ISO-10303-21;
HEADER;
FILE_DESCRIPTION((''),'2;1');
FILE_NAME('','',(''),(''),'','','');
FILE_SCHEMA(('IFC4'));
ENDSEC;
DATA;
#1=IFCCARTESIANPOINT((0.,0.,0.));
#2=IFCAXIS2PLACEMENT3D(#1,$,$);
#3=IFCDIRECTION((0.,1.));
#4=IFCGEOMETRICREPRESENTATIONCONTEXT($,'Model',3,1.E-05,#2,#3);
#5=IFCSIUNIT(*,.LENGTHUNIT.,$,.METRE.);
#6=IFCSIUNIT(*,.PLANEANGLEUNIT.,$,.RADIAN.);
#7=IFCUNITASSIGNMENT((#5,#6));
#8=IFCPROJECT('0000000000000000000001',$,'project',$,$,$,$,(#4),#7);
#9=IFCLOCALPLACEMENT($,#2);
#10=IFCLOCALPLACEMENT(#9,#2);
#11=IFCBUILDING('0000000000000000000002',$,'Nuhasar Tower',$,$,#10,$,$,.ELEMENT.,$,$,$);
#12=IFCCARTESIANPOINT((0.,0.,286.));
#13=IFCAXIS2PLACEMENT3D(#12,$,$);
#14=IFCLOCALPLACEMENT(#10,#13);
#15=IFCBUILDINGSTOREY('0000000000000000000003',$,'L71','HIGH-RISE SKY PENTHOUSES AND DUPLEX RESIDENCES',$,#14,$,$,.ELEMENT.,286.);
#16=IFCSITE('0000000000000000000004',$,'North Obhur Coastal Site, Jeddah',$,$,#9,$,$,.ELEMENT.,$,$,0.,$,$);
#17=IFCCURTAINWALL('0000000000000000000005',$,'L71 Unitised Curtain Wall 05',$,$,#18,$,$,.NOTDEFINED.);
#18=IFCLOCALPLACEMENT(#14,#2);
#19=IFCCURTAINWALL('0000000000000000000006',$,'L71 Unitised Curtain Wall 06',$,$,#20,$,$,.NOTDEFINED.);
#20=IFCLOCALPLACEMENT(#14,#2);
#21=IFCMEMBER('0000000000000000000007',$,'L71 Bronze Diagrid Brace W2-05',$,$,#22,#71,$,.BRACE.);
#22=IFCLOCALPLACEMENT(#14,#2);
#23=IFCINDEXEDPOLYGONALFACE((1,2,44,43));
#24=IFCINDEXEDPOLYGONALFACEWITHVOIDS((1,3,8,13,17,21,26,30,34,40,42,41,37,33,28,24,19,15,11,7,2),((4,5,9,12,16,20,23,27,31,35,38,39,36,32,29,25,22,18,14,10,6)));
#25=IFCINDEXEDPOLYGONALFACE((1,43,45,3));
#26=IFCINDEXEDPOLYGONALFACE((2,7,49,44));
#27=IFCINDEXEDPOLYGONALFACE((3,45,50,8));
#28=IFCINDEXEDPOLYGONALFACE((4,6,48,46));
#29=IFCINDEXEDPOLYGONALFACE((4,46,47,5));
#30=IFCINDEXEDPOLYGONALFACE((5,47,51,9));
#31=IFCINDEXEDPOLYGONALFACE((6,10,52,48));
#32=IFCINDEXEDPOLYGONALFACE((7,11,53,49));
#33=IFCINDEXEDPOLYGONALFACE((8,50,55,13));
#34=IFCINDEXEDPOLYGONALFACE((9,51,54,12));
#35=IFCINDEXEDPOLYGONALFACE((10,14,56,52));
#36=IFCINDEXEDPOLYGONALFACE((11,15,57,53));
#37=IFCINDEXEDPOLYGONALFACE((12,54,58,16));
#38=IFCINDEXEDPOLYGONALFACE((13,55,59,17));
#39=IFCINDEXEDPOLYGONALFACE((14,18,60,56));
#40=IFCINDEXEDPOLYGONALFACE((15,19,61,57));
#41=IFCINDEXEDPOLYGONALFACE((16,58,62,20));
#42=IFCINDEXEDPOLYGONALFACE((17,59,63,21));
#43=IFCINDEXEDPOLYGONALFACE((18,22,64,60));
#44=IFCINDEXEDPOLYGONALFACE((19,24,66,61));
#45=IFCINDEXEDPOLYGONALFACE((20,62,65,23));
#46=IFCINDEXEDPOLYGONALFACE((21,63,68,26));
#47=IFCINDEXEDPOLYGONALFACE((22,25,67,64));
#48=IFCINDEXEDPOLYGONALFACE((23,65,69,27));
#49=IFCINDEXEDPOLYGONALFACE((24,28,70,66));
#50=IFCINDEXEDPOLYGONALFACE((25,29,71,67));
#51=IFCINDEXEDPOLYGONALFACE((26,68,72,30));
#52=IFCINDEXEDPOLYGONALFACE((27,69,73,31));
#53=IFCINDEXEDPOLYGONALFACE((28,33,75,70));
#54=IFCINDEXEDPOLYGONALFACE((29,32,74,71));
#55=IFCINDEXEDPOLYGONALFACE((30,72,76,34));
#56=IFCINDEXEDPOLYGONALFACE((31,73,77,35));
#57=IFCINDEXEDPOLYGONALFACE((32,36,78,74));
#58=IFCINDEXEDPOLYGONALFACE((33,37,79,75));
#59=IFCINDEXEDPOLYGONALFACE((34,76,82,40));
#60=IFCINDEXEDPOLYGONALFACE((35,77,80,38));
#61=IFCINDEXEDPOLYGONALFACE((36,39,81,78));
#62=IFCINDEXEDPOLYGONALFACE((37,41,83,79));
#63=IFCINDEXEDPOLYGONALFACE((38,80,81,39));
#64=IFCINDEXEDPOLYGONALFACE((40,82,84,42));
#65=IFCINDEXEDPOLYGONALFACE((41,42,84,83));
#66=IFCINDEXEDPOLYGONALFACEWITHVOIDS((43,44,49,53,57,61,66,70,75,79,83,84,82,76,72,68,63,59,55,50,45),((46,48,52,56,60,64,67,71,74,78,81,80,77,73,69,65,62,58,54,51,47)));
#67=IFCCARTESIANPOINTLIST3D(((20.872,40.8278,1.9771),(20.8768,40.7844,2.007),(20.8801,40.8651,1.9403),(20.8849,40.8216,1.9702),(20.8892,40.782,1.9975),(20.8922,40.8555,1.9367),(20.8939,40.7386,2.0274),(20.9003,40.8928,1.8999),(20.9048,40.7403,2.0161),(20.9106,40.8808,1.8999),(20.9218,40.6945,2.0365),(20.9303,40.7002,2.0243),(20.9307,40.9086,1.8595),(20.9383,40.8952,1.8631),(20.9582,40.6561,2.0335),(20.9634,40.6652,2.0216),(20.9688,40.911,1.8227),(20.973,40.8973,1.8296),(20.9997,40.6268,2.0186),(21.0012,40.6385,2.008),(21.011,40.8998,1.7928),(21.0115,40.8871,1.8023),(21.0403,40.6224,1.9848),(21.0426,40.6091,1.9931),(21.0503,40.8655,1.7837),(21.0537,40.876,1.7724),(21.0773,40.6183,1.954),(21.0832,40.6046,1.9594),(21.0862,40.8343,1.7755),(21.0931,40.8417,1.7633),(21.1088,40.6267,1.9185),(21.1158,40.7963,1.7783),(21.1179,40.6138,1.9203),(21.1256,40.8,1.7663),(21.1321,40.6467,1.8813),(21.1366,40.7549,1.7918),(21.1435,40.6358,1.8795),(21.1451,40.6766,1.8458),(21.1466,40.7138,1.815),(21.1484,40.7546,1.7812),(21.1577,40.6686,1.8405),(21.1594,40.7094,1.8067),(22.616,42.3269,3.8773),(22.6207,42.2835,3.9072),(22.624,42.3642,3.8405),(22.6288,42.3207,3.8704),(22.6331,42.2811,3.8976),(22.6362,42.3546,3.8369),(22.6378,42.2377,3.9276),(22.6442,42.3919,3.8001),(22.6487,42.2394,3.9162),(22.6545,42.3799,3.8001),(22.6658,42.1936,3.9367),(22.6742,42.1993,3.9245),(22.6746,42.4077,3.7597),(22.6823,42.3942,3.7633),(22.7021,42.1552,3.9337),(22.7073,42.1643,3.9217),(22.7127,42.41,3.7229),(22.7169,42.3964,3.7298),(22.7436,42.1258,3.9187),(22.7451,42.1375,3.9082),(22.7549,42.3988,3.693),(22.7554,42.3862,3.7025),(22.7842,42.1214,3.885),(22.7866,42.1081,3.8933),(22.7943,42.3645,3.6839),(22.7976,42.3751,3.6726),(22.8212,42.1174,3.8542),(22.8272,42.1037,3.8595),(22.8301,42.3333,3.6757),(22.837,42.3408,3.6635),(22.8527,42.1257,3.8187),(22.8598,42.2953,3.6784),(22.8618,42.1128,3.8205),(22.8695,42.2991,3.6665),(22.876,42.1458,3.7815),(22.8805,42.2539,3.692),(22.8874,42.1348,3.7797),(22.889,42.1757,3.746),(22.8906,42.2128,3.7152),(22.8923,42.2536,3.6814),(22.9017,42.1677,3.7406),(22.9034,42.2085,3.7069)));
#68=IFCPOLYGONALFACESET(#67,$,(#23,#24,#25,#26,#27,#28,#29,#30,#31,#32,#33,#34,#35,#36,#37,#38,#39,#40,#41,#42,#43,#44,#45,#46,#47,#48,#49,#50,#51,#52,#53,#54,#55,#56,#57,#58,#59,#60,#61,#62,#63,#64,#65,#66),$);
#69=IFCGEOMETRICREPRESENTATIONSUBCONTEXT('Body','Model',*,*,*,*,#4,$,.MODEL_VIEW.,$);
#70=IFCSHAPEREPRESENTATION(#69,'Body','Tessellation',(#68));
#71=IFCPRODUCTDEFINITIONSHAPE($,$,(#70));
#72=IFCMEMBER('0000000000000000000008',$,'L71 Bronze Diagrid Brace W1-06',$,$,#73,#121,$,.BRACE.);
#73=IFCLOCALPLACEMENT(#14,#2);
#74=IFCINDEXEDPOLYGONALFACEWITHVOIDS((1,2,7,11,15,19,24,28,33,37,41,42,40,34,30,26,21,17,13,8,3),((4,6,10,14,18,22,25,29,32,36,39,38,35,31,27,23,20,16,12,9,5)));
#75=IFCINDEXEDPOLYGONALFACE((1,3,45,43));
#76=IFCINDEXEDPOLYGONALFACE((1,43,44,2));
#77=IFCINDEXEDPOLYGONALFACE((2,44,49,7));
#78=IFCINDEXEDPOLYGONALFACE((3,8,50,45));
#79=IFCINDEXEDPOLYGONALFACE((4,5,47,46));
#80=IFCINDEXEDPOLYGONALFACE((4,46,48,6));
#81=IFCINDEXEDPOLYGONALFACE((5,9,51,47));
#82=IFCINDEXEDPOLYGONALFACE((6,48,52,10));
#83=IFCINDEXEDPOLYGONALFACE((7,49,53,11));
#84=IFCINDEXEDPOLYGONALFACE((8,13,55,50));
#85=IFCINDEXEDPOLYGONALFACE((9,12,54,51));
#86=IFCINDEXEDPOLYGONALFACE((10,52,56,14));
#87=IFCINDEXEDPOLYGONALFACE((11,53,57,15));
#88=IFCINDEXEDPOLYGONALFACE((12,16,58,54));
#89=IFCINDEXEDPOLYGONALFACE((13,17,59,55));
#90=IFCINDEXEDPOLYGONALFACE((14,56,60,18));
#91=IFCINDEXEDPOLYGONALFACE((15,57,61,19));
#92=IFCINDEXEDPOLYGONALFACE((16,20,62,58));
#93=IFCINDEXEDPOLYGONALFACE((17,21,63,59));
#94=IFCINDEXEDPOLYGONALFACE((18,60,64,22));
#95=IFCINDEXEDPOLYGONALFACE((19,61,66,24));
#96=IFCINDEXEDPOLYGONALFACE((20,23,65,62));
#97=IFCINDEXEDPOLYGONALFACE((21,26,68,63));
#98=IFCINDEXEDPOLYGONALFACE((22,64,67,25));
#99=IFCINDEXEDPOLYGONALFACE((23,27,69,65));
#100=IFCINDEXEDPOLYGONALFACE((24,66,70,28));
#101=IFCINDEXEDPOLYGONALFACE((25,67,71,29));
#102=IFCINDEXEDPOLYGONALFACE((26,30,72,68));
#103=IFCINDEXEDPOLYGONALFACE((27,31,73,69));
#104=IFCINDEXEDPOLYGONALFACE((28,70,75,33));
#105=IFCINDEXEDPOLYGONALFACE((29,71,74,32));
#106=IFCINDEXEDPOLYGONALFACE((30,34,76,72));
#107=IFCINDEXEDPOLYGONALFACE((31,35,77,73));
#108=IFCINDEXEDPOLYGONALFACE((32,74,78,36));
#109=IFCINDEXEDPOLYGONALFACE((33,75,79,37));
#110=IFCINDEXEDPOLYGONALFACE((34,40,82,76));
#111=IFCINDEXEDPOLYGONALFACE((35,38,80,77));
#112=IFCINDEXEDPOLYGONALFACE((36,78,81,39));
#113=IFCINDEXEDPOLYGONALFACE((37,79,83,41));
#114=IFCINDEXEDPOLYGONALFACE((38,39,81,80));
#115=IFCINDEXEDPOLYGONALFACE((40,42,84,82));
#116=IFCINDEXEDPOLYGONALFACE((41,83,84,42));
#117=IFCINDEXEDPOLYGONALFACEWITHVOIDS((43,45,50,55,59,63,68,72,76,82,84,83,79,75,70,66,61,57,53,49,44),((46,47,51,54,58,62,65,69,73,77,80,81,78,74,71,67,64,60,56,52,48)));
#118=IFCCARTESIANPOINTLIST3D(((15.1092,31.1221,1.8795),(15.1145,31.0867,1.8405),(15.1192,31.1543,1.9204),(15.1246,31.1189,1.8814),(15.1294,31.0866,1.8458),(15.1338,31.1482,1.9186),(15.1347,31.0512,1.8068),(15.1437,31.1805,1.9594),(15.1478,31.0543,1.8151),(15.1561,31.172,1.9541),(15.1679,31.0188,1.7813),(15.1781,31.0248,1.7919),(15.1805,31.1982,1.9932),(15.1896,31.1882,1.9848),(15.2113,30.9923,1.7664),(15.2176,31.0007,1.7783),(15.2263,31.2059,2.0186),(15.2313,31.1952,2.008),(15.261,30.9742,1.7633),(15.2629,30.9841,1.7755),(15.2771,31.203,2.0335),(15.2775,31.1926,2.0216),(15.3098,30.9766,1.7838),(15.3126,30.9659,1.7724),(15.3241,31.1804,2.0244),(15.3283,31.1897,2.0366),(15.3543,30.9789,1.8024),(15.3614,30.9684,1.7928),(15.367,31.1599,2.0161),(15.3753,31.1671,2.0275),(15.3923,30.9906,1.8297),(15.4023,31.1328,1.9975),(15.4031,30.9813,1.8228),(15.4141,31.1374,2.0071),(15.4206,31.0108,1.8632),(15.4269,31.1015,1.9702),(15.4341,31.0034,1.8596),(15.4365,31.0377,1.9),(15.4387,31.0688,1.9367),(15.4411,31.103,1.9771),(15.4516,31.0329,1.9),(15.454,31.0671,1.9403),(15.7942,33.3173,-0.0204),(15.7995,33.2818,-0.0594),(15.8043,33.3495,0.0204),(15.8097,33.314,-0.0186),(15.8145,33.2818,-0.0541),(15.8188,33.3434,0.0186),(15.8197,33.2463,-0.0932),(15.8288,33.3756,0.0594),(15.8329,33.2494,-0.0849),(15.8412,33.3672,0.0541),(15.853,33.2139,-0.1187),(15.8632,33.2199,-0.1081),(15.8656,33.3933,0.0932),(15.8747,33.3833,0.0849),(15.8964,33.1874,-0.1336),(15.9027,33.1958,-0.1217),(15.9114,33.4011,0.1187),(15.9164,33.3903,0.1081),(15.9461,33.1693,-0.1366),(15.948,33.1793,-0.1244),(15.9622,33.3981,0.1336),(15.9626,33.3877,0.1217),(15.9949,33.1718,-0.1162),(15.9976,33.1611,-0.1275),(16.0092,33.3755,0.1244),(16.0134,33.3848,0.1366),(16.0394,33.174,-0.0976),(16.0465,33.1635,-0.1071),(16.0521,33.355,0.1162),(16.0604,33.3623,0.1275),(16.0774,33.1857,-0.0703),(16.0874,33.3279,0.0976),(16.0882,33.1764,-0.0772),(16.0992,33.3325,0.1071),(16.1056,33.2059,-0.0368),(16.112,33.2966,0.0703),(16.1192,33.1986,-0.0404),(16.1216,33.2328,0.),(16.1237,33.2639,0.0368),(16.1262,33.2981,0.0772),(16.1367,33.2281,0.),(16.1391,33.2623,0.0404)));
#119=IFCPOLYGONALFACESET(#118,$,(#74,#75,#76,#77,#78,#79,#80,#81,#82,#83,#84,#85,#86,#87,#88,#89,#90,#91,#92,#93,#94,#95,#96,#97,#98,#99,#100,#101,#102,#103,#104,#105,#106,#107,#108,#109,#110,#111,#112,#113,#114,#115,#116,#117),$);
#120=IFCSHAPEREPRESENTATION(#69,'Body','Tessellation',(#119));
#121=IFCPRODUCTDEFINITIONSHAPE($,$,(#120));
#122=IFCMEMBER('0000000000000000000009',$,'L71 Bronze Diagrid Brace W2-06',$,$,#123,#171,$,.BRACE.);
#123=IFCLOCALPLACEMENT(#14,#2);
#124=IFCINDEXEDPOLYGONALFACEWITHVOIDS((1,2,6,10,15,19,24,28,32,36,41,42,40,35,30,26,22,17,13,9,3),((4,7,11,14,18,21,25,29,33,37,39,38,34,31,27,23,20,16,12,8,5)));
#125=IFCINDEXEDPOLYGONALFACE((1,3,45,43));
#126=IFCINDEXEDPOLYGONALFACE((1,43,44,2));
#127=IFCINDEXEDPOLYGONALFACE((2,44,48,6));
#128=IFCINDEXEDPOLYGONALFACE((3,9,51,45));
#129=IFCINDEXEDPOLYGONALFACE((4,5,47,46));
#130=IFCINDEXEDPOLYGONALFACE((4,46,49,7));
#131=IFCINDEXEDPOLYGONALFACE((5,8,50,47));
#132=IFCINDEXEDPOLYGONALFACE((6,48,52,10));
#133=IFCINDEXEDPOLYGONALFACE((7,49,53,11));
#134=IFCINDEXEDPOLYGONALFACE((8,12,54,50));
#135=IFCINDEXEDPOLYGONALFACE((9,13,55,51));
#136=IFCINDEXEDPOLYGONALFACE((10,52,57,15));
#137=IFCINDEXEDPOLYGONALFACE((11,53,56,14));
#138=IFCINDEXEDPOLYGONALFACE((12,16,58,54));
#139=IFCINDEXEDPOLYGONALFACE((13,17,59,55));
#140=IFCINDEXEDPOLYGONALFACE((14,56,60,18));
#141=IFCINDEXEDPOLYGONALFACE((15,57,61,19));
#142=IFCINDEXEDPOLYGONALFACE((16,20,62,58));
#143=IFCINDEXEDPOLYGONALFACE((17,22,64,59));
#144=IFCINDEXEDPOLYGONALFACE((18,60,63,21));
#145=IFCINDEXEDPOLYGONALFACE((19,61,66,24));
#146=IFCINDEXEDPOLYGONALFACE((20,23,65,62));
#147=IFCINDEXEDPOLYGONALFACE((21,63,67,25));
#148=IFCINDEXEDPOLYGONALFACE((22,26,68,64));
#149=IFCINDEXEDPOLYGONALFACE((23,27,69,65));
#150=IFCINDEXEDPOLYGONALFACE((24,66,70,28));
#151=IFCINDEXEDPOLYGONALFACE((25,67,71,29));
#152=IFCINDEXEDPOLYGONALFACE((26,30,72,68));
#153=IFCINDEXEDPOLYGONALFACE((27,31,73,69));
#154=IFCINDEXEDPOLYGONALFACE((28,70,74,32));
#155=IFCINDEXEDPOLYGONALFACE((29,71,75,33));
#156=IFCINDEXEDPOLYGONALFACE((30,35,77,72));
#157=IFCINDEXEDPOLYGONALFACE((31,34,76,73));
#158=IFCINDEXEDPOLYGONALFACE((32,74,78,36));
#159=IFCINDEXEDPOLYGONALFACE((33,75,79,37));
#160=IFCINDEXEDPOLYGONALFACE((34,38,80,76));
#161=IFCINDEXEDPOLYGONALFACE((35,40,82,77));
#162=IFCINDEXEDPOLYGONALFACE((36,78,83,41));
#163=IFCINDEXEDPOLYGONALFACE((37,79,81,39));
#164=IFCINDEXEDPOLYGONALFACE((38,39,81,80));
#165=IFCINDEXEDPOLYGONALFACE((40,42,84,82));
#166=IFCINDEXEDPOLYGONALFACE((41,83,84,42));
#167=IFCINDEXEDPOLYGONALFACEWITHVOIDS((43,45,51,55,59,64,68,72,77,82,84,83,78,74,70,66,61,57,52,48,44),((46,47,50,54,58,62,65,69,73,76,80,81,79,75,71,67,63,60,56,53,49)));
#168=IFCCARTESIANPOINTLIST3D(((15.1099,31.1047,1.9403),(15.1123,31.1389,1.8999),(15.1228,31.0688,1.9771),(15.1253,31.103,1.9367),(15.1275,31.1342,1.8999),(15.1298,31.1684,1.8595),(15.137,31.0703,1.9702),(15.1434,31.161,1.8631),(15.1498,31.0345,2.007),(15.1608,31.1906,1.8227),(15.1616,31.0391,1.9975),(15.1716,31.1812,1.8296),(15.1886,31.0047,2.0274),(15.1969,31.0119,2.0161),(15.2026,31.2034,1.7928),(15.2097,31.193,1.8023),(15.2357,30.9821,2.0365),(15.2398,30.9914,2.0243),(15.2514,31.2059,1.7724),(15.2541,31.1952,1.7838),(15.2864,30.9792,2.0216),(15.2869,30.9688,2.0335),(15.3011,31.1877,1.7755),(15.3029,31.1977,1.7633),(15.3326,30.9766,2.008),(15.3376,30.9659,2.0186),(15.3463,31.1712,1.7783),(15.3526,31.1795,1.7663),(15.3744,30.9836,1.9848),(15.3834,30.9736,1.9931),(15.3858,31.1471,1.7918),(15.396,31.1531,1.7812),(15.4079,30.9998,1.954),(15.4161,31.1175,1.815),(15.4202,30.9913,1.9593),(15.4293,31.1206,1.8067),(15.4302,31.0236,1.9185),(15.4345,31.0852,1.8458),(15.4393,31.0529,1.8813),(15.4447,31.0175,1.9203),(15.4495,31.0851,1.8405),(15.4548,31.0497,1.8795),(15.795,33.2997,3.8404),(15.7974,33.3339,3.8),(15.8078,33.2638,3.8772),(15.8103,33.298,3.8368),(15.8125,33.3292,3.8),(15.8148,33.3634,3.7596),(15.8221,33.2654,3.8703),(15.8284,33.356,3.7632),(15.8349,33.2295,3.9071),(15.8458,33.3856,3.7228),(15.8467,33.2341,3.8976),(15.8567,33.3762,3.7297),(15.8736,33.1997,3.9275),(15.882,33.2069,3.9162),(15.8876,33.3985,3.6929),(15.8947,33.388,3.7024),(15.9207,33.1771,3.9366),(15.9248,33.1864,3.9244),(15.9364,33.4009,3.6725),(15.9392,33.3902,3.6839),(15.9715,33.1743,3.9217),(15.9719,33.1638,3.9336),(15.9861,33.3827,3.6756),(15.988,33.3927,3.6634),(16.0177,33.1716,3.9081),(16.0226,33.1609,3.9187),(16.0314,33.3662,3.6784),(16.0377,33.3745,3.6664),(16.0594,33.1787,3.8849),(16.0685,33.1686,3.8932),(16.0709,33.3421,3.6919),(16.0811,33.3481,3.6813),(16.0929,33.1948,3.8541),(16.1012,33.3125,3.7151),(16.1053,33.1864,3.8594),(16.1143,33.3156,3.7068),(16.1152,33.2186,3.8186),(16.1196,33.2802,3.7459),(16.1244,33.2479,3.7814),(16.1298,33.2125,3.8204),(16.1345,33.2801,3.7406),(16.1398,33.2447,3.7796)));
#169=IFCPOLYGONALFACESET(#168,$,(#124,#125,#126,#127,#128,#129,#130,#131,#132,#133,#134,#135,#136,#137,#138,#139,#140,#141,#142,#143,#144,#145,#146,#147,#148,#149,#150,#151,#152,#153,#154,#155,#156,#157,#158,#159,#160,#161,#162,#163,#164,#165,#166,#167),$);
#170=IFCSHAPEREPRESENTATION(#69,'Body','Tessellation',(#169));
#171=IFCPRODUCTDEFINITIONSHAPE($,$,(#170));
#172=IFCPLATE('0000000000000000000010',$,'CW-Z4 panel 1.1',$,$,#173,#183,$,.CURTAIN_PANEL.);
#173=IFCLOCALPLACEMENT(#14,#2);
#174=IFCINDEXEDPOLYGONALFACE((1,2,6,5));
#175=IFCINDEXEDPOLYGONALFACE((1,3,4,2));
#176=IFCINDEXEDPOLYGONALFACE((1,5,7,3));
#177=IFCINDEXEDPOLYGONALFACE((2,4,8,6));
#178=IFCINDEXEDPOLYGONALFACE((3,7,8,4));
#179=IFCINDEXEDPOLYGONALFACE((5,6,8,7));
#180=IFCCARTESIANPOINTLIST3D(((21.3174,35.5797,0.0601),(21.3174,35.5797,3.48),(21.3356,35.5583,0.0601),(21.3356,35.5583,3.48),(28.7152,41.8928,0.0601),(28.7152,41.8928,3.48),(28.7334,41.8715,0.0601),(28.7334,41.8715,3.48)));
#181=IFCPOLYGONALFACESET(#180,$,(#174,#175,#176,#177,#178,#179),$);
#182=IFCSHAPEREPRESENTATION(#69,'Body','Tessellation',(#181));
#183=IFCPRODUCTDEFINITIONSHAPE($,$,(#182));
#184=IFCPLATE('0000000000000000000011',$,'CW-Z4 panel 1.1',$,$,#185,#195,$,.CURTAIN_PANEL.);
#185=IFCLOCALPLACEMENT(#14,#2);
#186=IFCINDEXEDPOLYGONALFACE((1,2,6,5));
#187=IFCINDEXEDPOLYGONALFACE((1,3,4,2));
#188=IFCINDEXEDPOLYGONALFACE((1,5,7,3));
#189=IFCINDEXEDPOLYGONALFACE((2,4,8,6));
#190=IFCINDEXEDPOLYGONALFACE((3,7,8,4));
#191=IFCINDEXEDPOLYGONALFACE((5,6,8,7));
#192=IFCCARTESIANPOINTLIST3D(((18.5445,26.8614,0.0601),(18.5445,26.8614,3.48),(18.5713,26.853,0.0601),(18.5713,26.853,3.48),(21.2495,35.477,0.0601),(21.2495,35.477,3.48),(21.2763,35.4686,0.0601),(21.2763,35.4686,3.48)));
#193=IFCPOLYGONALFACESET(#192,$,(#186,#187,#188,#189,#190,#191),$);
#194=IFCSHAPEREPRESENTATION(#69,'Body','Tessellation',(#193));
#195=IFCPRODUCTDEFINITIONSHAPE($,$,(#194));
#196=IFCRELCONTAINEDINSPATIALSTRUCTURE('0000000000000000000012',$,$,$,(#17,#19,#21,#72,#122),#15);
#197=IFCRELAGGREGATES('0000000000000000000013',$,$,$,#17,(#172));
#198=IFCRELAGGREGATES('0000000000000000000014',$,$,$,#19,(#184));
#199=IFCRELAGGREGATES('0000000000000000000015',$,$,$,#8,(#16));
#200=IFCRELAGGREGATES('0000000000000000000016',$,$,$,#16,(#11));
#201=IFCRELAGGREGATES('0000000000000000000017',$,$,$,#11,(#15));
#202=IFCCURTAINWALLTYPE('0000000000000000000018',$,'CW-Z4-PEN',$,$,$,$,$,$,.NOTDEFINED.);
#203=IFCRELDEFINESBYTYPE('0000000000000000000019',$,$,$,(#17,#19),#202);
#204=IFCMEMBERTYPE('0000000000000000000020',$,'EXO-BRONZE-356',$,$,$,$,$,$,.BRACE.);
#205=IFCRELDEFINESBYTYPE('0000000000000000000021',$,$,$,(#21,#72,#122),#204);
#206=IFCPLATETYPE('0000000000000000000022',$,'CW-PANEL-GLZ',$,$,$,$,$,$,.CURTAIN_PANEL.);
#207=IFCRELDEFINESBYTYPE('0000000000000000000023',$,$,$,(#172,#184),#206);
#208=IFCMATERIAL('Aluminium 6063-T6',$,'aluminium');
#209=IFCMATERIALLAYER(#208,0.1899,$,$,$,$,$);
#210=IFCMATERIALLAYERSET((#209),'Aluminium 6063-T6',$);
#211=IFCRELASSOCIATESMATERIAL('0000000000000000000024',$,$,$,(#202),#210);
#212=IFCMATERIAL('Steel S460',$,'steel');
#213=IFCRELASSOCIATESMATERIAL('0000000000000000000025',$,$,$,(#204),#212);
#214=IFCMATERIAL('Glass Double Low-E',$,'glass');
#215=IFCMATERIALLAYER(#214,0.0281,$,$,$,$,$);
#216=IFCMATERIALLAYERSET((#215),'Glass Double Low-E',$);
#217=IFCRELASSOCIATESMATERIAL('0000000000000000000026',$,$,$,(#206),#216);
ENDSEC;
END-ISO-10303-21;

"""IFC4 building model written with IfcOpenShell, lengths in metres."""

from ifc_helpers import new_model, si_unit, direction, frame, origin, origin_2d, place, context, subcontext, project, spatial, rectangle, hollow_circle, extrude, material, layer, layer_set, material_profile, profile_set, type_object, element, aggregate, save


model = new_model("IFC4")

# Units and contexts
model_context = context("Model", 3, precision=1e-05, world=origin(), true_north=direction((0.0, 1.0)))
body_context = subcontext(model_context, "Body", "Model", "MODEL_VIEW")
ifc_project = project(units=[si_unit("LENGTHUNIT", "METRE"), si_unit("PLANEANGLEUNIT", "RADIAN")], contexts=[model_context])

# Site, building, storey
site_placement = place(None, origin())
site = spatial("IfcSite", under=ifc_project, at=site_placement, Name="North Obhur Coastal Site, Jeddah", CompositionType="ELEMENT", RefElevation=0.0)
building_placement = place(site_placement, origin())
building = spatial("IfcBuilding", under=site, at=building_placement, Name="Nuhasar Tower", CompositionType="ELEMENT")
storey_placement = place(building_placement, frame((0.0, 0.0, 286.0)))
storey = spatial("IfcBuildingStorey", under=building, at=storey_placement, Name="L71", Description="HIGH-RISE SKY PENTHOUSES AND DUPLEX RESIDENCES", CompositionType="ELEMENT", Elevation=286.0)

# Curtain wall
ifc_material_1 = material(Name="Aluminium 6063-T6", Category="aluminium")
ifc_layer_1 = layer(ifc_material_1, 0.1899)
ifc_layer_set_1 = layer_set([ifc_layer_1], Name="Aluminium 6063-T6")
curtain_wall_type = type_object("IfcCurtainWallType", Name="CW-Z4-PEN", PredefinedType="NOTDEFINED", material=ifc_layer_set_1)
curtain_wall_1_placement = place(storey_placement, origin())
curtain_wall_1 = element("IfcCurtainWall", 1, at=curtain_wall_1_placement, inside=storey, type_object=curtain_wall_type, Name="L71 Unitised Curtain Wall 05", PredefinedType="NOTDEFINED")

# Curtain wall
curtain_wall_2_placement = place(storey_placement, origin())
curtain_wall_2 = element("IfcCurtainWall", 2, at=curtain_wall_2_placement, inside=storey, type_object=curtain_wall_type, Name="L71 Unitised Curtain Wall 06", PredefinedType="NOTDEFINED")

# Members
ifc_material_2 = material(Name="Steel S460", Category="steel")
ifc_material_profile_1 = material_profile(ifc_material_2, hollow_circle(Radius=0.1777, WallThickness=0.0159, at=origin_2d()), Name="HSS355.6X15.9")
ifc_profile_set_1 = profile_set([ifc_material_profile_1], Name="Steel S460")
member_type_1 = type_object("IfcMemberType", Name="EXO-BRONZE-356", PredefinedType="BRACE", material=ifc_profile_set_1)
member_1_placement = place(storey_placement, frame((21.0161, 40.7581, 1.8999), z_axis=(0.584595, 0.502508, 0.636973), x_axis=(-0.651857, 0.758342, 0.0)))
element("IfcMember", 3, at=member_1_placement, inside=storey, type_object=member_type_1, Name="L71 Bronze Diagrid Brace W2-05", PredefinedType="BRACE", context=body_context, shape_type="SweptSolid", body=[
    extrude(hollow_circle(Radius=0.1777, WallThickness=0.0159, at=origin_2d()), origin(), (0.0, 0.0, 1.0), 2.9832),
])
for number, where, z_axis, x_axis, name in (
    (4, (15.967, 33.281, 0.0), (-0.229668, -0.735902, 0.636947), (0.954591, -0.297918, 0.0), "L71 Bronze Diagrid Brace W1-06"),
    (5, (15.282, 31.0859, 1.8999), (0.229656, 0.735864, 0.636995), (-0.954591, 0.297918, 0.0), "L71 Bronze Diagrid Brace W2-06"),
):
    element("IfcMember", number, at=place(storey_placement, frame(where, z_axis=z_axis, x_axis=x_axis)), inside=storey, type_object=member_type_1, Name=name, PredefinedType="BRACE", context=body_context, shape_type="SweptSolid", body=[
        extrude(hollow_circle(Radius=0.1777, WallThickness=0.0159, at=origin_2d()), origin(), (0.0, 0.0, 1.0), 2.9829),
    ])

# Plates
ifc_material_3 = material(Name="Glass Double Low-E", Category="glass")
ifc_layer_2 = layer(ifc_material_3, 0.0281)
ifc_layer_set_2 = layer_set([ifc_layer_2], Name="Glass Double Low-E")
plate_type = type_object("IfcPlateType", Name="CW-PANEL-GLZ", PredefinedType="CURTAIN_PANEL", material=ifc_layer_set_2)
plate_1_placement = place(storey_placement, frame((25.0254, 38.7256, 0.0601), z_axis=(0.0, 0.0, 1.0), x_axis=(-0.760667, -0.649142, 0.0)))
plate_1 = element("IfcPlate", 6, at=plate_1_placement, type_object=plate_type, Name="CW-Z4 panel 1.1", PredefinedType="CURTAIN_PANEL", context=body_context, shape_type="SweptSolid", body=[
    extrude(rectangle(XDim=9.7253, YDim=0.0281, at=origin_2d()), origin(), (0.0, 0.0, 1.0), 3.4199),
])
aggregate(curtain_wall_1, [plate_1])
plate_2_placement = place(storey_placement, frame((19.9104, 31.165, 0.0601), z_axis=(0.0, 0.0, 1.0), x_axis=(-0.299557, -0.954079, 0.0)))
plate_2 = element("IfcPlate", 7, at=plate_2_placement, type_object=plate_type, Name="CW-Z4 panel 1.1", PredefinedType="CURTAIN_PANEL", context=body_context, shape_type="SweptSolid", body=[
    extrude(rectangle(XDim=9.0303, YDim=0.0281, at=origin_2d()), origin(), (0.0, 0.0, 1.0), 3.4199),
])
aggregate(curtain_wall_2, [plate_2])

save(model, "model.ifc")
